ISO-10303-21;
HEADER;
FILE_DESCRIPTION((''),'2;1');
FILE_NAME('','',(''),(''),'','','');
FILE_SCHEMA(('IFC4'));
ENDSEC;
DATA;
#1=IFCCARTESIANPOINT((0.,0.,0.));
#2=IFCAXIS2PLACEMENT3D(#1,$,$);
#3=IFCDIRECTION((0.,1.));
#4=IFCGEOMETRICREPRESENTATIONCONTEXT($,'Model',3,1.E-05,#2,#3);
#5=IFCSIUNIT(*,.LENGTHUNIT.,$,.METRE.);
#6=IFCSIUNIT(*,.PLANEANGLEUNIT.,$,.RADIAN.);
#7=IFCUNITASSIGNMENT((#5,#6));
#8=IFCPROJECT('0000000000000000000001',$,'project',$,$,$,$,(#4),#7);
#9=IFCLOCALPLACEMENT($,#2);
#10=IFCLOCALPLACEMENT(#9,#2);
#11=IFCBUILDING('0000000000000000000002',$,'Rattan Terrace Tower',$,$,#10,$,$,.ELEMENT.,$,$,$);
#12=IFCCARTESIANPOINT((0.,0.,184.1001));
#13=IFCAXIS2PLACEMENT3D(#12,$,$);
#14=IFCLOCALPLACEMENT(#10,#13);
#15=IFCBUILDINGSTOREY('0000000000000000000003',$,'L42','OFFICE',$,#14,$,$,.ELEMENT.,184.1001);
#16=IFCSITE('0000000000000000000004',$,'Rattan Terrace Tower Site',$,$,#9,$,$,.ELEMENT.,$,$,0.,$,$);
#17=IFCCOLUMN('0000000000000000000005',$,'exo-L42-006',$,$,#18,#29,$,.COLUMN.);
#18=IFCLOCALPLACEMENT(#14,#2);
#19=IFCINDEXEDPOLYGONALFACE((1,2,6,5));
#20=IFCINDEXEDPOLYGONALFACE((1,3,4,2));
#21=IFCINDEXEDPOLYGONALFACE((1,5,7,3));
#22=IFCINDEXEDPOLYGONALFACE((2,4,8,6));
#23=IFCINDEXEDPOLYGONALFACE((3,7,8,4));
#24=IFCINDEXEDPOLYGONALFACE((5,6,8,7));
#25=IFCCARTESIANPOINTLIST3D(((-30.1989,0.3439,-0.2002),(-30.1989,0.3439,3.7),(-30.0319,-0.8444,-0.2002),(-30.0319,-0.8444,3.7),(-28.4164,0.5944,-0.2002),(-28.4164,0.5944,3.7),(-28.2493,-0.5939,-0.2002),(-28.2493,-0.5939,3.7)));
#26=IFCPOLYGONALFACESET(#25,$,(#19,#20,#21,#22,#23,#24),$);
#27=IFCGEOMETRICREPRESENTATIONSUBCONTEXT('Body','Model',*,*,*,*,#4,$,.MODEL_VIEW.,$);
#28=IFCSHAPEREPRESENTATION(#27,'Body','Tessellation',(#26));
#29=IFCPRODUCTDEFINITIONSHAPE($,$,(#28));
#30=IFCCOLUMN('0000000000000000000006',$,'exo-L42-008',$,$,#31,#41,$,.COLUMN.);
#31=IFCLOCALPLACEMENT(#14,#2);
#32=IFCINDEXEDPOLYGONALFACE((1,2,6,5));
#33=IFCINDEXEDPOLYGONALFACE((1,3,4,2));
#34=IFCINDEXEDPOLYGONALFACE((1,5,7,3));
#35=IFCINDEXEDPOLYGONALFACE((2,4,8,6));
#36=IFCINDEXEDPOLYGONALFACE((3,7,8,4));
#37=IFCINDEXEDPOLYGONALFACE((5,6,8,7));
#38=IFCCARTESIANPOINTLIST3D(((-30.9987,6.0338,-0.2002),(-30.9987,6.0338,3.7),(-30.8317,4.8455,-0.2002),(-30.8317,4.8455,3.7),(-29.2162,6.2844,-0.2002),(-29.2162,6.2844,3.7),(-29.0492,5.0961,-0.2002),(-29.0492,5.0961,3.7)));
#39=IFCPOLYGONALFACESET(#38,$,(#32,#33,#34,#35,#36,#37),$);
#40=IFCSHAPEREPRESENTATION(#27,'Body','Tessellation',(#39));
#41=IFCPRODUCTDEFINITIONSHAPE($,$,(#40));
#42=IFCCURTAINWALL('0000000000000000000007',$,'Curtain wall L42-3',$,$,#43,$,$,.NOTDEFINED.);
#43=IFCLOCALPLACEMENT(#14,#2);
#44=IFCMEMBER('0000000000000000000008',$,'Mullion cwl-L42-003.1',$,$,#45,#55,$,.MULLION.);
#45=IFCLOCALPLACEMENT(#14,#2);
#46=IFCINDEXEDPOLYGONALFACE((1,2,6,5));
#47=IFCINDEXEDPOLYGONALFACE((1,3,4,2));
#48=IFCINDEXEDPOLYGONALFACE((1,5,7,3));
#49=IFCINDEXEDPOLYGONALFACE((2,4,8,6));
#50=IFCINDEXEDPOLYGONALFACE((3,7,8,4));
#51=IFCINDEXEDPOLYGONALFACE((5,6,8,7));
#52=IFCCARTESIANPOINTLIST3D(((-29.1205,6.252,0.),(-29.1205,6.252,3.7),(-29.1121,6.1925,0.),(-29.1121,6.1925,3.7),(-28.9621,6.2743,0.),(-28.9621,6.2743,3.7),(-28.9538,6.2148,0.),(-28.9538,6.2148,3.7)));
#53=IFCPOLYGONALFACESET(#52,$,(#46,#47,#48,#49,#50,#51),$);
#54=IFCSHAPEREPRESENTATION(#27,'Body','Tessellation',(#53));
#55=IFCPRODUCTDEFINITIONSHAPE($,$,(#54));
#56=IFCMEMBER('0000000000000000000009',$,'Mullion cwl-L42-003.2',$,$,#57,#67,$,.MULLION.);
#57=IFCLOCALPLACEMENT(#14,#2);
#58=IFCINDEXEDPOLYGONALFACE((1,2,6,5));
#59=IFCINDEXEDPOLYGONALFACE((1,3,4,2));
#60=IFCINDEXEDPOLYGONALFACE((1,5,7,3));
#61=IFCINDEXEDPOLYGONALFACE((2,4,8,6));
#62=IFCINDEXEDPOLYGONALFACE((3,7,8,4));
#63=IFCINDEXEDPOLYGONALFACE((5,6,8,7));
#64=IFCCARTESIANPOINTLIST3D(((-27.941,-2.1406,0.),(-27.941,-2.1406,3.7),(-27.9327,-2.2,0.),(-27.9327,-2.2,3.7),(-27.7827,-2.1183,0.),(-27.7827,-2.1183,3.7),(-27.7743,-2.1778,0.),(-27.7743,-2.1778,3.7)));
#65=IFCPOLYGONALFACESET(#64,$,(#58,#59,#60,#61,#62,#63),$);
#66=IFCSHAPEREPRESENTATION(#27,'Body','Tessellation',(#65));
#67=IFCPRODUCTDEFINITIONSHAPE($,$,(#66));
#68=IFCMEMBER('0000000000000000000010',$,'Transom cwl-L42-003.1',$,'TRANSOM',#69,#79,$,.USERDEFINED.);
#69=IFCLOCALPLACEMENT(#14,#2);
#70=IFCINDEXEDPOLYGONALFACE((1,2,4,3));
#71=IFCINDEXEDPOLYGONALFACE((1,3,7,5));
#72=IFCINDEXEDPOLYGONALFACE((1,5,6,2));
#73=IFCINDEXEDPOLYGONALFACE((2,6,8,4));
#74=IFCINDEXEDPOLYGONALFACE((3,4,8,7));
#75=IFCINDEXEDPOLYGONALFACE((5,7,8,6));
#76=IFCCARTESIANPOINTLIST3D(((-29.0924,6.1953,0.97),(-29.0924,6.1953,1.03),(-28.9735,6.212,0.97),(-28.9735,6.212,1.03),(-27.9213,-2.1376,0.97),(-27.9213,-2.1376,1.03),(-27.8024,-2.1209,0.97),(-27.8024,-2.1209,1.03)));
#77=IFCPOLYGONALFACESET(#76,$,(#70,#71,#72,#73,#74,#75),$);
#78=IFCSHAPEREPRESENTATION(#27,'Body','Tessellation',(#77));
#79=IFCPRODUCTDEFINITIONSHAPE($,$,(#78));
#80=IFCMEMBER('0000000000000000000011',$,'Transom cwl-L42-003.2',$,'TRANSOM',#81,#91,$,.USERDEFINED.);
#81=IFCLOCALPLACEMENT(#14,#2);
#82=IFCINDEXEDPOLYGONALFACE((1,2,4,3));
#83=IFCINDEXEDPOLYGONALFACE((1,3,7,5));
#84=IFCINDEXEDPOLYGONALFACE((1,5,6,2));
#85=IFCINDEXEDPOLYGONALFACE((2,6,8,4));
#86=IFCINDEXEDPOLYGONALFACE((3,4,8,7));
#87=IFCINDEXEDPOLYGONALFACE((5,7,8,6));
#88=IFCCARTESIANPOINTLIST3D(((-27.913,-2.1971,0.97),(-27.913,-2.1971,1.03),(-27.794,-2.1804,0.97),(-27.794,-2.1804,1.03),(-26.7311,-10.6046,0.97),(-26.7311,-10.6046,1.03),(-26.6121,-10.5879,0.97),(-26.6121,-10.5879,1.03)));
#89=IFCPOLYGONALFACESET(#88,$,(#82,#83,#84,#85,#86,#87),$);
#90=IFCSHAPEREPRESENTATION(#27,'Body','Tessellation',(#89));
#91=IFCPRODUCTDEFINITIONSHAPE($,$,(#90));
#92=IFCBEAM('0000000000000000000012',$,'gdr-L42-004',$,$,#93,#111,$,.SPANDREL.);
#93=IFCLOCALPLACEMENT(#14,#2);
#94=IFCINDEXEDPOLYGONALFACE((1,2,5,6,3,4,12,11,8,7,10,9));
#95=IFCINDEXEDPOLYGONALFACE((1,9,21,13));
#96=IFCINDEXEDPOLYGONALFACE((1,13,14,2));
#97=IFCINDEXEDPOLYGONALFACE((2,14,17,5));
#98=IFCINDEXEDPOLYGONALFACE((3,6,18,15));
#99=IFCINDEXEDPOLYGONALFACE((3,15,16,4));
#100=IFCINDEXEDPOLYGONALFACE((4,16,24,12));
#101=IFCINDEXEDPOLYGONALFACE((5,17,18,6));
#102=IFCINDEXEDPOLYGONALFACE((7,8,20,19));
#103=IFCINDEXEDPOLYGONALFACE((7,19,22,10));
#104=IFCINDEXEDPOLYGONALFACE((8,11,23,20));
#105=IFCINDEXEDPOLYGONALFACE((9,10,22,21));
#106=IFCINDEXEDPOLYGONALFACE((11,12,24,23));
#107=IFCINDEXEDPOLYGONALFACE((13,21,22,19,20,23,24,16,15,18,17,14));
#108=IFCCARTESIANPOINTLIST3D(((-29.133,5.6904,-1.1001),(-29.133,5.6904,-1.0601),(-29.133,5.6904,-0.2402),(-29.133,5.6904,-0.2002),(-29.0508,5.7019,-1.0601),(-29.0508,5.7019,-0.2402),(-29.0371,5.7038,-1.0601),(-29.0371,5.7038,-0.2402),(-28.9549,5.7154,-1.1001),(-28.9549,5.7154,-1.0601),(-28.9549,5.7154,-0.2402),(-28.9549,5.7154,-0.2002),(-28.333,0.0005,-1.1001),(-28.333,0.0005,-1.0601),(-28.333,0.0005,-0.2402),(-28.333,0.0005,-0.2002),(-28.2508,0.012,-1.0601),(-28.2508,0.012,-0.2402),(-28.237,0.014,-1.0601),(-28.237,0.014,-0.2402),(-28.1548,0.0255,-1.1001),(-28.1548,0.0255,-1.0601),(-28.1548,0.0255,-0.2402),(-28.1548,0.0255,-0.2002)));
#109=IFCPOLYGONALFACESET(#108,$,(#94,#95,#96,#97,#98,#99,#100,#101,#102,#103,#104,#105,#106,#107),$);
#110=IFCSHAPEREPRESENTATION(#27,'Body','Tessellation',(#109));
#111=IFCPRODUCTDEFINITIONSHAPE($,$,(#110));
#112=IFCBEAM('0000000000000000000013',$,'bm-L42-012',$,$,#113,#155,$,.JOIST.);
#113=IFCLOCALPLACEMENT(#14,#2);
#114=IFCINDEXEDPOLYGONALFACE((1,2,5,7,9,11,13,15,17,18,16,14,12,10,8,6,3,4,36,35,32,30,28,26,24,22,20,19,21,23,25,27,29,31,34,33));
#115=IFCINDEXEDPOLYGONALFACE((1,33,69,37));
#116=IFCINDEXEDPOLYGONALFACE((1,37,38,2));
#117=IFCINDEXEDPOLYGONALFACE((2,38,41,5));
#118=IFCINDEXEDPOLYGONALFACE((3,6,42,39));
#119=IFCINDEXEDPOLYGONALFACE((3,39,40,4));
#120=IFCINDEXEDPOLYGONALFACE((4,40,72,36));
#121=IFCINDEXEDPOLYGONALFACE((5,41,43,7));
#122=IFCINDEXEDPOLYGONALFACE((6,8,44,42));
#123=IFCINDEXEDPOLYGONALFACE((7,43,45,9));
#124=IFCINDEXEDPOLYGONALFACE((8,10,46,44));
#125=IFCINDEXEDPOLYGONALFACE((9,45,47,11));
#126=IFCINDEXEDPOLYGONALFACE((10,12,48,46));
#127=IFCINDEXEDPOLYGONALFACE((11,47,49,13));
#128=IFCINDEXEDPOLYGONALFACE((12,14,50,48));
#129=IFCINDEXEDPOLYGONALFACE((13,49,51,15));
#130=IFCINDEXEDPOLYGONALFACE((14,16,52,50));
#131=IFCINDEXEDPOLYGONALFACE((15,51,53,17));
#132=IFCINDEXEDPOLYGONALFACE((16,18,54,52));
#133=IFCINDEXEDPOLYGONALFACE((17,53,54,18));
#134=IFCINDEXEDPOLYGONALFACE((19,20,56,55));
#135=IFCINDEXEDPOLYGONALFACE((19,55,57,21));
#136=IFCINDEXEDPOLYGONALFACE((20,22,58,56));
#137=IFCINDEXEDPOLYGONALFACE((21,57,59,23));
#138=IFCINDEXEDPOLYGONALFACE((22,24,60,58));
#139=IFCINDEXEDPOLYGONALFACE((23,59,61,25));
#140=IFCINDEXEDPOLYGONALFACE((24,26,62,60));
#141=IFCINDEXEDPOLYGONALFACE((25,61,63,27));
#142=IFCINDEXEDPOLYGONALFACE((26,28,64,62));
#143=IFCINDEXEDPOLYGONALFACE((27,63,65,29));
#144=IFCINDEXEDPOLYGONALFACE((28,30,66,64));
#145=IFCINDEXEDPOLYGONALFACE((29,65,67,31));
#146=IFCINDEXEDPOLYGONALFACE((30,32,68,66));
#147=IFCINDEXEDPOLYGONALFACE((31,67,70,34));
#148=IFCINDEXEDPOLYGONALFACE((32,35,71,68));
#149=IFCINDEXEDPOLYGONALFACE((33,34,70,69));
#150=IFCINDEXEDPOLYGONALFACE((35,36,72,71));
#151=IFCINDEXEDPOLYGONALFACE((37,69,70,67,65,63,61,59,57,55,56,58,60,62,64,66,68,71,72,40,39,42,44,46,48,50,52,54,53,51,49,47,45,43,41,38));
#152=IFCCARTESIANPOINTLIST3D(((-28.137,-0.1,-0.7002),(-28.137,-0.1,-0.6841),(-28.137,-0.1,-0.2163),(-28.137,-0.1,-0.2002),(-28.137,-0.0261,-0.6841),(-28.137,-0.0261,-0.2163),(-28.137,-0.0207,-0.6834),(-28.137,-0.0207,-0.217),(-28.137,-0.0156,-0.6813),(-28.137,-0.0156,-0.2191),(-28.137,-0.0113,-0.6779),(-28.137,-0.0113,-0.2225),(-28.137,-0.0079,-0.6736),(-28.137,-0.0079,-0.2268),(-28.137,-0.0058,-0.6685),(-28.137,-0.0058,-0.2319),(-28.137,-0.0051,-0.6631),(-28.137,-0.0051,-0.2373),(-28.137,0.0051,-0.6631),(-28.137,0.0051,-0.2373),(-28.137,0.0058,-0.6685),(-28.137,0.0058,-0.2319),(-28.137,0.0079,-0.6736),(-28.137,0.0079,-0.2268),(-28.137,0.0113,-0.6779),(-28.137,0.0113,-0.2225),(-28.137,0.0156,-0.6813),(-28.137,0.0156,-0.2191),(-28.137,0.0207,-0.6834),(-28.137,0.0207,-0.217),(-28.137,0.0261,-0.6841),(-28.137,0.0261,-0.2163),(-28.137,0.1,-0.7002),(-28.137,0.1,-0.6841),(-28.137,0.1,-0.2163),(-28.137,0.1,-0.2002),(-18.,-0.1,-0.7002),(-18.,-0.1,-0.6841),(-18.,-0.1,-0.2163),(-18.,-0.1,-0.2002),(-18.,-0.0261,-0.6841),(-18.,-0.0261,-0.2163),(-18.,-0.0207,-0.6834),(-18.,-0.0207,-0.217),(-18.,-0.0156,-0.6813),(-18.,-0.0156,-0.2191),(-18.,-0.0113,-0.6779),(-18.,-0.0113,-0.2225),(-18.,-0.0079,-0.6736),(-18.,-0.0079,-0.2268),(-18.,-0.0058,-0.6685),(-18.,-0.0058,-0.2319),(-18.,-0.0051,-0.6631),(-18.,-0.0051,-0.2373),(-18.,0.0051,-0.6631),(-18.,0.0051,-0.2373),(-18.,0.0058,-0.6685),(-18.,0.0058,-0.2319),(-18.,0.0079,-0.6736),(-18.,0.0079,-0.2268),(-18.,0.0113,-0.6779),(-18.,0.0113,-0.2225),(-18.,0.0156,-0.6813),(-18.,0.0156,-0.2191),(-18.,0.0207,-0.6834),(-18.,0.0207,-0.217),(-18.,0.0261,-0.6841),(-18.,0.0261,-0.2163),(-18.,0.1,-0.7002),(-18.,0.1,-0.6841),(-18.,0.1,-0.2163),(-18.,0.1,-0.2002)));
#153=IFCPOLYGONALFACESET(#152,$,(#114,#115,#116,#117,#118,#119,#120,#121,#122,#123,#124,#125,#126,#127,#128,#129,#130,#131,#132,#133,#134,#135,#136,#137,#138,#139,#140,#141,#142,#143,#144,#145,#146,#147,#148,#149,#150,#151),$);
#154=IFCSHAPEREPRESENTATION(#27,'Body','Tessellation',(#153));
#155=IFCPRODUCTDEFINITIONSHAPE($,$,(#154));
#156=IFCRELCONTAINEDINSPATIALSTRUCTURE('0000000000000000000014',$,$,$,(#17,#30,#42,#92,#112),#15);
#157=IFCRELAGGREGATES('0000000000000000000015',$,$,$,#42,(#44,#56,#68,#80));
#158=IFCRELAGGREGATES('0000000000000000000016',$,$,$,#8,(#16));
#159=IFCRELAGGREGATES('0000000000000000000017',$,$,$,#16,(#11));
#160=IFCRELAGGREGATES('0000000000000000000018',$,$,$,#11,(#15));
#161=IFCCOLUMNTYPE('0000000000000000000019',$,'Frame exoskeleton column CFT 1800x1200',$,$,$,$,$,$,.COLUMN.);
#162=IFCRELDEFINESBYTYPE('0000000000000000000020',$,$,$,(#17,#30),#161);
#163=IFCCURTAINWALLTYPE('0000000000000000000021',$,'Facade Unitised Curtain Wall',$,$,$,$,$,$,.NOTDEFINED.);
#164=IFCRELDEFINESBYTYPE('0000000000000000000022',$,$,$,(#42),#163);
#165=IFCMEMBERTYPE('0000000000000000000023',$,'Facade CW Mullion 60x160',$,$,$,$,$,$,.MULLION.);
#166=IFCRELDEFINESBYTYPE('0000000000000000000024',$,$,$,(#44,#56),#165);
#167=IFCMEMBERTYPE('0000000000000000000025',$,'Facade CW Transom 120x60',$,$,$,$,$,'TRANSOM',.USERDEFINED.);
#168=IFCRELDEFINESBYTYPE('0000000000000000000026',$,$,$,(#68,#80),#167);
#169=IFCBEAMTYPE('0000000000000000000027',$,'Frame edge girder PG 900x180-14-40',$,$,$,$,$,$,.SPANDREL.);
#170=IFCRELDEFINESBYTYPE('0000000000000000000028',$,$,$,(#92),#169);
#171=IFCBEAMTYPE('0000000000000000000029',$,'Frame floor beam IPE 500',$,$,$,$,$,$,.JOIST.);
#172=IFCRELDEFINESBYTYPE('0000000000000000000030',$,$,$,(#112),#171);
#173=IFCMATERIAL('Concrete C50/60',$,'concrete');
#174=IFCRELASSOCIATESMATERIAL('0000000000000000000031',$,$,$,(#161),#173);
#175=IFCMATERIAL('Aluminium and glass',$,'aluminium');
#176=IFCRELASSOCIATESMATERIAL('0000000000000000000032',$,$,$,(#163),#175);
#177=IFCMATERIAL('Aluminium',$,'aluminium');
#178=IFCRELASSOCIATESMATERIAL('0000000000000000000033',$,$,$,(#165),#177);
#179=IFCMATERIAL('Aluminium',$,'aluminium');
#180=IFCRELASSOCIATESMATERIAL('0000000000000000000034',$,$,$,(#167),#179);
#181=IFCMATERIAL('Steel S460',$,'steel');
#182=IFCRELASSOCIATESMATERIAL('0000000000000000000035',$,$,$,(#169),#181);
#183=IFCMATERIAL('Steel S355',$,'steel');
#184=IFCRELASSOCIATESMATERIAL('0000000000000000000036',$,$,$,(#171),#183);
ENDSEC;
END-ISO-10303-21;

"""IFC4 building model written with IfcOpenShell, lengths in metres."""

from ifc_helpers import new_model, si_unit, direction, frame, origin, origin_2d, place, context, subcontext, project, spatial, rectangle, i_section, extrude, material, material_profile, profile_set, type_object, element, aggregate, save


model = new_model("IFC4")

# Units and contexts
model_context = context("Model", 3, precision=1e-05, world=origin(), true_north=direction((0.0, 1.0)))
body_context = subcontext(model_context, "Body", "Model", "MODEL_VIEW")
ifc_project = project(units=[si_unit("LENGTHUNIT", "METRE"), si_unit("PLANEANGLEUNIT", "RADIAN")], contexts=[model_context])

# Site, building, storey
site_placement = place(None, origin())
site = spatial("IfcSite", under=ifc_project, at=site_placement, Name="Rattan Terrace Tower Site", CompositionType="ELEMENT", RefElevation=0.0)
building_placement = place(site_placement, origin())
building = spatial("IfcBuilding", under=site, at=building_placement, Name="Rattan Terrace Tower", CompositionType="ELEMENT")
storey_placement = place(building_placement, frame((0.0, 0.0, 184.1001)))
storey = spatial("IfcBuildingStorey", under=building, at=storey_placement, Name="L42", Description="OFFICE", CompositionType="ELEMENT", Elevation=184.1001)

# Columns
ifc_material_1 = material(Name="Concrete C50/60", Category="concrete")
ifc_material_profile_1 = material_profile(ifc_material_1, rectangle(XDim=1.2, YDim=1.8, at=origin_2d()), Name="CFT 1800x1200")
ifc_profile_set_1 = profile_set([ifc_material_profile_1], Name="Concrete C50/60")
column_type = type_object("IfcColumnType", Name="Frame exoskeleton column CFT 1800x1200", PredefinedType="COLUMN", material=ifc_profile_set_1)
for number, where, z_axis, x_axis, name in (
    (1, (-29.2241, -0.125, -0.2002), (0.0, 0.0, 1.0), (-0.13919, 0.990266, 0.0), "exo-L42-006"),
    (2, (-30.0239, 5.5649, -0.2002), (0.0, 0.0, 1.0), (-0.13919, 0.990266, 0.0), "exo-L42-008"),
):
    element("IfcColumn", number, at=place(storey_placement, frame(where, z_axis=z_axis, x_axis=x_axis)), inside=storey, type_object=column_type, Name=name, PredefinedType="COLUMN", context=body_context, shape_type="SweptSolid", body=[
        extrude(rectangle(XDim=1.2, YDim=1.8, at=origin_2d()), origin(), (0.0, 0.0, 1.0), 3.9001),
    ])

# Curtain wall, members
ifc_material_2 = material(Name="Aluminium and glass", Category="aluminium")
curtain_wall_type = type_object("IfcCurtainWallType", Name="Facade Unitised Curtain Wall", PredefinedType="NOTDEFINED", material=ifc_material_2)
curtain_wall_placement = place(storey_placement, origin())
curtain_wall = element("IfcCurtainWall", 3, at=curtain_wall_placement, inside=storey, type_object=curtain_wall_type, Name="Curtain wall L42-3", PredefinedType="NOTDEFINED")
ifc_material_3 = material(Name="Aluminium", Category="aluminium")
ifc_material_profile_2 = material_profile(ifc_material_3, rectangle(XDim=0.0601, YDim=0.1599, at=origin_2d()), Name="Aluminium 60x160")
ifc_profile_set_2 = profile_set([ifc_material_profile_2], Name="Aluminium")
member_type_1 = type_object("IfcMemberType", Name="Facade CW Mullion 60x160", PredefinedType="MULLION", material=ifc_profile_set_2)
member_1_placement = place(storey_placement, frame((-29.0371, 6.2334, 0.0), z_axis=(0.0, 0.0, 1.0), x_axis=(0.139191, -0.990266, 0.0)))
member_1 = element("IfcMember", 4, at=member_1_placement, type_object=member_type_1, Name="Mullion cwl-L42-003.1", PredefinedType="MULLION", context=body_context, shape_type="SweptSolid", body=[
    extrude(rectangle(XDim=0.0601, YDim=0.1599, at=origin_2d()), origin(), (0.0, 0.0, 1.0), 3.7),
])
member_2_placement = place(storey_placement, frame((-27.8577, -2.1592, 0.0), z_axis=(0.0, 0.0, 1.0), x_axis=(0.139191, -0.990266, 0.0)))
member_2 = element("IfcMember", 5, at=member_2_placement, type_object=member_type_1, Name="Mullion cwl-L42-003.2", PredefinedType="MULLION", context=body_context, shape_type="SweptSolid", body=[
    extrude(rectangle(XDim=0.0601, YDim=0.1599, at=origin_2d()), origin(), (0.0, 0.0, 1.0), 3.7),
])
ifc_material_4 = material(Name="Aluminium", Category="aluminium")
ifc_material_profile_3 = material_profile(ifc_material_4, rectangle(XDim=0.1201, YDim=0.0601, at=origin_2d()), Name="Aluminium 120x60")
ifc_profile_set_3 = profile_set([ifc_material_profile_3], Name="Aluminium")
member_type_2 = type_object("IfcMemberType", Name="Facade CW Transom 120x60", ElementType="TRANSOM", PredefinedType="USERDEFINED", material=ifc_profile_set_3)
member_3_placement = place(storey_placement, frame((-29.033, 6.2036, 1.0), z_axis=(0.139175, -0.990268, 0.0), x_axis=(0.990268, 0.139175, 0.0)))
member_3 = element("IfcMember", 6, at=member_3_placement, type_object=member_type_2, Name="Transom cwl-L42-003.1", ObjectType="TRANSOM", PredefinedType="USERDEFINED", context=body_context, shape_type="SweptSolid", body=[
    extrude(rectangle(XDim=0.1201, YDim=0.0601, at=origin_2d()), origin(), (0.0, 0.0, 1.0), 8.4148),
])
member_4_placement = place(storey_placement, frame((-27.8535, -2.1887, 1.0), z_axis=(0.139207, -0.990263, 0.0), x_axis=(0.990263, 0.139207, 0.0)))
member_4 = element("IfcMember", 7, at=member_4_placement, type_object=member_type_2, Name="Transom cwl-L42-003.2", ObjectType="TRANSOM", PredefinedType="USERDEFINED", context=body_context, shape_type="SweptSolid", body=[
    extrude(rectangle(XDim=0.1201, YDim=0.0601, at=origin_2d()), origin(), (0.0, 0.0, 1.0), 8.4902),
])

# Beams
ifc_material_5 = material(Name="Steel S460", Category="steel")
ifc_material_profile_4 = material_profile(ifc_material_5, i_section(OverallWidth=0.1799, OverallDepth=0.8999, WebThickness=0.0139, FlangeThickness=0.04, at=origin_2d()), Name="PG 900x180-14-40")
ifc_profile_set_4 = profile_set([ifc_material_profile_4], Name="Steel S460")
beam_type_1 = type_object("IfcBeamType", Name="Frame edge girder PG 900x180-14-40", PredefinedType="SPANDREL", material=ifc_profile_set_4)
beam_1_placement = place(storey_placement, frame((-29.0439, 5.7029, -0.6501), z_axis=(0.139238, -0.990259, 0.0), x_axis=(0.990259, 0.139238, 0.0)))
element("IfcBeam", 8, at=beam_1_placement, inside=storey, type_object=beam_type_1, Name="gdr-L42-004", PredefinedType="SPANDREL", context=body_context, shape_type="SweptSolid", body=[
    extrude(i_section(OverallWidth=0.1799, OverallDepth=0.8999, WebThickness=0.0139, FlangeThickness=0.04, at=origin_2d()), origin(), (0.0, 0.0, 1.0), 5.7458),
])
ifc_material_6 = material(Name="Steel S355", Category="steel")
ifc_material_profile_5 = material_profile(ifc_material_6, i_section(OverallWidth=0.2, OverallDepth=0.5, WebThickness=0.0103, FlangeThickness=0.0161, FilletRadius=0.021, at=origin_2d()), Name="IPE 500")
ifc_profile_set_5 = profile_set([ifc_material_profile_5], Name="Steel S355")
beam_type_2 = type_object("IfcBeamType", Name="Frame floor beam IPE 500", PredefinedType="JOIST", material=ifc_profile_set_5)
beam_2_placement = place(storey_placement, frame((-28.137, 0.0, -0.4502), z_axis=(1.0, 0.0, 0.0), x_axis=(0.0, 1.0, 0.0)))
element("IfcBeam", 9, at=beam_2_placement, inside=storey, type_object=beam_type_2, Name="bm-L42-012", PredefinedType="JOIST", context=body_context, shape_type="SweptSolid", body=[
    extrude(i_section(OverallWidth=0.2, OverallDepth=0.5, WebThickness=0.0103, FlangeThickness=0.0161, FilletRadius=0.021, at=origin_2d()), origin(), (0.0, 0.0, 1.0), 10.137),
])

aggregate(curtain_wall, [member_1, member_2, member_3, member_4])

save(model, "model.ifc")
